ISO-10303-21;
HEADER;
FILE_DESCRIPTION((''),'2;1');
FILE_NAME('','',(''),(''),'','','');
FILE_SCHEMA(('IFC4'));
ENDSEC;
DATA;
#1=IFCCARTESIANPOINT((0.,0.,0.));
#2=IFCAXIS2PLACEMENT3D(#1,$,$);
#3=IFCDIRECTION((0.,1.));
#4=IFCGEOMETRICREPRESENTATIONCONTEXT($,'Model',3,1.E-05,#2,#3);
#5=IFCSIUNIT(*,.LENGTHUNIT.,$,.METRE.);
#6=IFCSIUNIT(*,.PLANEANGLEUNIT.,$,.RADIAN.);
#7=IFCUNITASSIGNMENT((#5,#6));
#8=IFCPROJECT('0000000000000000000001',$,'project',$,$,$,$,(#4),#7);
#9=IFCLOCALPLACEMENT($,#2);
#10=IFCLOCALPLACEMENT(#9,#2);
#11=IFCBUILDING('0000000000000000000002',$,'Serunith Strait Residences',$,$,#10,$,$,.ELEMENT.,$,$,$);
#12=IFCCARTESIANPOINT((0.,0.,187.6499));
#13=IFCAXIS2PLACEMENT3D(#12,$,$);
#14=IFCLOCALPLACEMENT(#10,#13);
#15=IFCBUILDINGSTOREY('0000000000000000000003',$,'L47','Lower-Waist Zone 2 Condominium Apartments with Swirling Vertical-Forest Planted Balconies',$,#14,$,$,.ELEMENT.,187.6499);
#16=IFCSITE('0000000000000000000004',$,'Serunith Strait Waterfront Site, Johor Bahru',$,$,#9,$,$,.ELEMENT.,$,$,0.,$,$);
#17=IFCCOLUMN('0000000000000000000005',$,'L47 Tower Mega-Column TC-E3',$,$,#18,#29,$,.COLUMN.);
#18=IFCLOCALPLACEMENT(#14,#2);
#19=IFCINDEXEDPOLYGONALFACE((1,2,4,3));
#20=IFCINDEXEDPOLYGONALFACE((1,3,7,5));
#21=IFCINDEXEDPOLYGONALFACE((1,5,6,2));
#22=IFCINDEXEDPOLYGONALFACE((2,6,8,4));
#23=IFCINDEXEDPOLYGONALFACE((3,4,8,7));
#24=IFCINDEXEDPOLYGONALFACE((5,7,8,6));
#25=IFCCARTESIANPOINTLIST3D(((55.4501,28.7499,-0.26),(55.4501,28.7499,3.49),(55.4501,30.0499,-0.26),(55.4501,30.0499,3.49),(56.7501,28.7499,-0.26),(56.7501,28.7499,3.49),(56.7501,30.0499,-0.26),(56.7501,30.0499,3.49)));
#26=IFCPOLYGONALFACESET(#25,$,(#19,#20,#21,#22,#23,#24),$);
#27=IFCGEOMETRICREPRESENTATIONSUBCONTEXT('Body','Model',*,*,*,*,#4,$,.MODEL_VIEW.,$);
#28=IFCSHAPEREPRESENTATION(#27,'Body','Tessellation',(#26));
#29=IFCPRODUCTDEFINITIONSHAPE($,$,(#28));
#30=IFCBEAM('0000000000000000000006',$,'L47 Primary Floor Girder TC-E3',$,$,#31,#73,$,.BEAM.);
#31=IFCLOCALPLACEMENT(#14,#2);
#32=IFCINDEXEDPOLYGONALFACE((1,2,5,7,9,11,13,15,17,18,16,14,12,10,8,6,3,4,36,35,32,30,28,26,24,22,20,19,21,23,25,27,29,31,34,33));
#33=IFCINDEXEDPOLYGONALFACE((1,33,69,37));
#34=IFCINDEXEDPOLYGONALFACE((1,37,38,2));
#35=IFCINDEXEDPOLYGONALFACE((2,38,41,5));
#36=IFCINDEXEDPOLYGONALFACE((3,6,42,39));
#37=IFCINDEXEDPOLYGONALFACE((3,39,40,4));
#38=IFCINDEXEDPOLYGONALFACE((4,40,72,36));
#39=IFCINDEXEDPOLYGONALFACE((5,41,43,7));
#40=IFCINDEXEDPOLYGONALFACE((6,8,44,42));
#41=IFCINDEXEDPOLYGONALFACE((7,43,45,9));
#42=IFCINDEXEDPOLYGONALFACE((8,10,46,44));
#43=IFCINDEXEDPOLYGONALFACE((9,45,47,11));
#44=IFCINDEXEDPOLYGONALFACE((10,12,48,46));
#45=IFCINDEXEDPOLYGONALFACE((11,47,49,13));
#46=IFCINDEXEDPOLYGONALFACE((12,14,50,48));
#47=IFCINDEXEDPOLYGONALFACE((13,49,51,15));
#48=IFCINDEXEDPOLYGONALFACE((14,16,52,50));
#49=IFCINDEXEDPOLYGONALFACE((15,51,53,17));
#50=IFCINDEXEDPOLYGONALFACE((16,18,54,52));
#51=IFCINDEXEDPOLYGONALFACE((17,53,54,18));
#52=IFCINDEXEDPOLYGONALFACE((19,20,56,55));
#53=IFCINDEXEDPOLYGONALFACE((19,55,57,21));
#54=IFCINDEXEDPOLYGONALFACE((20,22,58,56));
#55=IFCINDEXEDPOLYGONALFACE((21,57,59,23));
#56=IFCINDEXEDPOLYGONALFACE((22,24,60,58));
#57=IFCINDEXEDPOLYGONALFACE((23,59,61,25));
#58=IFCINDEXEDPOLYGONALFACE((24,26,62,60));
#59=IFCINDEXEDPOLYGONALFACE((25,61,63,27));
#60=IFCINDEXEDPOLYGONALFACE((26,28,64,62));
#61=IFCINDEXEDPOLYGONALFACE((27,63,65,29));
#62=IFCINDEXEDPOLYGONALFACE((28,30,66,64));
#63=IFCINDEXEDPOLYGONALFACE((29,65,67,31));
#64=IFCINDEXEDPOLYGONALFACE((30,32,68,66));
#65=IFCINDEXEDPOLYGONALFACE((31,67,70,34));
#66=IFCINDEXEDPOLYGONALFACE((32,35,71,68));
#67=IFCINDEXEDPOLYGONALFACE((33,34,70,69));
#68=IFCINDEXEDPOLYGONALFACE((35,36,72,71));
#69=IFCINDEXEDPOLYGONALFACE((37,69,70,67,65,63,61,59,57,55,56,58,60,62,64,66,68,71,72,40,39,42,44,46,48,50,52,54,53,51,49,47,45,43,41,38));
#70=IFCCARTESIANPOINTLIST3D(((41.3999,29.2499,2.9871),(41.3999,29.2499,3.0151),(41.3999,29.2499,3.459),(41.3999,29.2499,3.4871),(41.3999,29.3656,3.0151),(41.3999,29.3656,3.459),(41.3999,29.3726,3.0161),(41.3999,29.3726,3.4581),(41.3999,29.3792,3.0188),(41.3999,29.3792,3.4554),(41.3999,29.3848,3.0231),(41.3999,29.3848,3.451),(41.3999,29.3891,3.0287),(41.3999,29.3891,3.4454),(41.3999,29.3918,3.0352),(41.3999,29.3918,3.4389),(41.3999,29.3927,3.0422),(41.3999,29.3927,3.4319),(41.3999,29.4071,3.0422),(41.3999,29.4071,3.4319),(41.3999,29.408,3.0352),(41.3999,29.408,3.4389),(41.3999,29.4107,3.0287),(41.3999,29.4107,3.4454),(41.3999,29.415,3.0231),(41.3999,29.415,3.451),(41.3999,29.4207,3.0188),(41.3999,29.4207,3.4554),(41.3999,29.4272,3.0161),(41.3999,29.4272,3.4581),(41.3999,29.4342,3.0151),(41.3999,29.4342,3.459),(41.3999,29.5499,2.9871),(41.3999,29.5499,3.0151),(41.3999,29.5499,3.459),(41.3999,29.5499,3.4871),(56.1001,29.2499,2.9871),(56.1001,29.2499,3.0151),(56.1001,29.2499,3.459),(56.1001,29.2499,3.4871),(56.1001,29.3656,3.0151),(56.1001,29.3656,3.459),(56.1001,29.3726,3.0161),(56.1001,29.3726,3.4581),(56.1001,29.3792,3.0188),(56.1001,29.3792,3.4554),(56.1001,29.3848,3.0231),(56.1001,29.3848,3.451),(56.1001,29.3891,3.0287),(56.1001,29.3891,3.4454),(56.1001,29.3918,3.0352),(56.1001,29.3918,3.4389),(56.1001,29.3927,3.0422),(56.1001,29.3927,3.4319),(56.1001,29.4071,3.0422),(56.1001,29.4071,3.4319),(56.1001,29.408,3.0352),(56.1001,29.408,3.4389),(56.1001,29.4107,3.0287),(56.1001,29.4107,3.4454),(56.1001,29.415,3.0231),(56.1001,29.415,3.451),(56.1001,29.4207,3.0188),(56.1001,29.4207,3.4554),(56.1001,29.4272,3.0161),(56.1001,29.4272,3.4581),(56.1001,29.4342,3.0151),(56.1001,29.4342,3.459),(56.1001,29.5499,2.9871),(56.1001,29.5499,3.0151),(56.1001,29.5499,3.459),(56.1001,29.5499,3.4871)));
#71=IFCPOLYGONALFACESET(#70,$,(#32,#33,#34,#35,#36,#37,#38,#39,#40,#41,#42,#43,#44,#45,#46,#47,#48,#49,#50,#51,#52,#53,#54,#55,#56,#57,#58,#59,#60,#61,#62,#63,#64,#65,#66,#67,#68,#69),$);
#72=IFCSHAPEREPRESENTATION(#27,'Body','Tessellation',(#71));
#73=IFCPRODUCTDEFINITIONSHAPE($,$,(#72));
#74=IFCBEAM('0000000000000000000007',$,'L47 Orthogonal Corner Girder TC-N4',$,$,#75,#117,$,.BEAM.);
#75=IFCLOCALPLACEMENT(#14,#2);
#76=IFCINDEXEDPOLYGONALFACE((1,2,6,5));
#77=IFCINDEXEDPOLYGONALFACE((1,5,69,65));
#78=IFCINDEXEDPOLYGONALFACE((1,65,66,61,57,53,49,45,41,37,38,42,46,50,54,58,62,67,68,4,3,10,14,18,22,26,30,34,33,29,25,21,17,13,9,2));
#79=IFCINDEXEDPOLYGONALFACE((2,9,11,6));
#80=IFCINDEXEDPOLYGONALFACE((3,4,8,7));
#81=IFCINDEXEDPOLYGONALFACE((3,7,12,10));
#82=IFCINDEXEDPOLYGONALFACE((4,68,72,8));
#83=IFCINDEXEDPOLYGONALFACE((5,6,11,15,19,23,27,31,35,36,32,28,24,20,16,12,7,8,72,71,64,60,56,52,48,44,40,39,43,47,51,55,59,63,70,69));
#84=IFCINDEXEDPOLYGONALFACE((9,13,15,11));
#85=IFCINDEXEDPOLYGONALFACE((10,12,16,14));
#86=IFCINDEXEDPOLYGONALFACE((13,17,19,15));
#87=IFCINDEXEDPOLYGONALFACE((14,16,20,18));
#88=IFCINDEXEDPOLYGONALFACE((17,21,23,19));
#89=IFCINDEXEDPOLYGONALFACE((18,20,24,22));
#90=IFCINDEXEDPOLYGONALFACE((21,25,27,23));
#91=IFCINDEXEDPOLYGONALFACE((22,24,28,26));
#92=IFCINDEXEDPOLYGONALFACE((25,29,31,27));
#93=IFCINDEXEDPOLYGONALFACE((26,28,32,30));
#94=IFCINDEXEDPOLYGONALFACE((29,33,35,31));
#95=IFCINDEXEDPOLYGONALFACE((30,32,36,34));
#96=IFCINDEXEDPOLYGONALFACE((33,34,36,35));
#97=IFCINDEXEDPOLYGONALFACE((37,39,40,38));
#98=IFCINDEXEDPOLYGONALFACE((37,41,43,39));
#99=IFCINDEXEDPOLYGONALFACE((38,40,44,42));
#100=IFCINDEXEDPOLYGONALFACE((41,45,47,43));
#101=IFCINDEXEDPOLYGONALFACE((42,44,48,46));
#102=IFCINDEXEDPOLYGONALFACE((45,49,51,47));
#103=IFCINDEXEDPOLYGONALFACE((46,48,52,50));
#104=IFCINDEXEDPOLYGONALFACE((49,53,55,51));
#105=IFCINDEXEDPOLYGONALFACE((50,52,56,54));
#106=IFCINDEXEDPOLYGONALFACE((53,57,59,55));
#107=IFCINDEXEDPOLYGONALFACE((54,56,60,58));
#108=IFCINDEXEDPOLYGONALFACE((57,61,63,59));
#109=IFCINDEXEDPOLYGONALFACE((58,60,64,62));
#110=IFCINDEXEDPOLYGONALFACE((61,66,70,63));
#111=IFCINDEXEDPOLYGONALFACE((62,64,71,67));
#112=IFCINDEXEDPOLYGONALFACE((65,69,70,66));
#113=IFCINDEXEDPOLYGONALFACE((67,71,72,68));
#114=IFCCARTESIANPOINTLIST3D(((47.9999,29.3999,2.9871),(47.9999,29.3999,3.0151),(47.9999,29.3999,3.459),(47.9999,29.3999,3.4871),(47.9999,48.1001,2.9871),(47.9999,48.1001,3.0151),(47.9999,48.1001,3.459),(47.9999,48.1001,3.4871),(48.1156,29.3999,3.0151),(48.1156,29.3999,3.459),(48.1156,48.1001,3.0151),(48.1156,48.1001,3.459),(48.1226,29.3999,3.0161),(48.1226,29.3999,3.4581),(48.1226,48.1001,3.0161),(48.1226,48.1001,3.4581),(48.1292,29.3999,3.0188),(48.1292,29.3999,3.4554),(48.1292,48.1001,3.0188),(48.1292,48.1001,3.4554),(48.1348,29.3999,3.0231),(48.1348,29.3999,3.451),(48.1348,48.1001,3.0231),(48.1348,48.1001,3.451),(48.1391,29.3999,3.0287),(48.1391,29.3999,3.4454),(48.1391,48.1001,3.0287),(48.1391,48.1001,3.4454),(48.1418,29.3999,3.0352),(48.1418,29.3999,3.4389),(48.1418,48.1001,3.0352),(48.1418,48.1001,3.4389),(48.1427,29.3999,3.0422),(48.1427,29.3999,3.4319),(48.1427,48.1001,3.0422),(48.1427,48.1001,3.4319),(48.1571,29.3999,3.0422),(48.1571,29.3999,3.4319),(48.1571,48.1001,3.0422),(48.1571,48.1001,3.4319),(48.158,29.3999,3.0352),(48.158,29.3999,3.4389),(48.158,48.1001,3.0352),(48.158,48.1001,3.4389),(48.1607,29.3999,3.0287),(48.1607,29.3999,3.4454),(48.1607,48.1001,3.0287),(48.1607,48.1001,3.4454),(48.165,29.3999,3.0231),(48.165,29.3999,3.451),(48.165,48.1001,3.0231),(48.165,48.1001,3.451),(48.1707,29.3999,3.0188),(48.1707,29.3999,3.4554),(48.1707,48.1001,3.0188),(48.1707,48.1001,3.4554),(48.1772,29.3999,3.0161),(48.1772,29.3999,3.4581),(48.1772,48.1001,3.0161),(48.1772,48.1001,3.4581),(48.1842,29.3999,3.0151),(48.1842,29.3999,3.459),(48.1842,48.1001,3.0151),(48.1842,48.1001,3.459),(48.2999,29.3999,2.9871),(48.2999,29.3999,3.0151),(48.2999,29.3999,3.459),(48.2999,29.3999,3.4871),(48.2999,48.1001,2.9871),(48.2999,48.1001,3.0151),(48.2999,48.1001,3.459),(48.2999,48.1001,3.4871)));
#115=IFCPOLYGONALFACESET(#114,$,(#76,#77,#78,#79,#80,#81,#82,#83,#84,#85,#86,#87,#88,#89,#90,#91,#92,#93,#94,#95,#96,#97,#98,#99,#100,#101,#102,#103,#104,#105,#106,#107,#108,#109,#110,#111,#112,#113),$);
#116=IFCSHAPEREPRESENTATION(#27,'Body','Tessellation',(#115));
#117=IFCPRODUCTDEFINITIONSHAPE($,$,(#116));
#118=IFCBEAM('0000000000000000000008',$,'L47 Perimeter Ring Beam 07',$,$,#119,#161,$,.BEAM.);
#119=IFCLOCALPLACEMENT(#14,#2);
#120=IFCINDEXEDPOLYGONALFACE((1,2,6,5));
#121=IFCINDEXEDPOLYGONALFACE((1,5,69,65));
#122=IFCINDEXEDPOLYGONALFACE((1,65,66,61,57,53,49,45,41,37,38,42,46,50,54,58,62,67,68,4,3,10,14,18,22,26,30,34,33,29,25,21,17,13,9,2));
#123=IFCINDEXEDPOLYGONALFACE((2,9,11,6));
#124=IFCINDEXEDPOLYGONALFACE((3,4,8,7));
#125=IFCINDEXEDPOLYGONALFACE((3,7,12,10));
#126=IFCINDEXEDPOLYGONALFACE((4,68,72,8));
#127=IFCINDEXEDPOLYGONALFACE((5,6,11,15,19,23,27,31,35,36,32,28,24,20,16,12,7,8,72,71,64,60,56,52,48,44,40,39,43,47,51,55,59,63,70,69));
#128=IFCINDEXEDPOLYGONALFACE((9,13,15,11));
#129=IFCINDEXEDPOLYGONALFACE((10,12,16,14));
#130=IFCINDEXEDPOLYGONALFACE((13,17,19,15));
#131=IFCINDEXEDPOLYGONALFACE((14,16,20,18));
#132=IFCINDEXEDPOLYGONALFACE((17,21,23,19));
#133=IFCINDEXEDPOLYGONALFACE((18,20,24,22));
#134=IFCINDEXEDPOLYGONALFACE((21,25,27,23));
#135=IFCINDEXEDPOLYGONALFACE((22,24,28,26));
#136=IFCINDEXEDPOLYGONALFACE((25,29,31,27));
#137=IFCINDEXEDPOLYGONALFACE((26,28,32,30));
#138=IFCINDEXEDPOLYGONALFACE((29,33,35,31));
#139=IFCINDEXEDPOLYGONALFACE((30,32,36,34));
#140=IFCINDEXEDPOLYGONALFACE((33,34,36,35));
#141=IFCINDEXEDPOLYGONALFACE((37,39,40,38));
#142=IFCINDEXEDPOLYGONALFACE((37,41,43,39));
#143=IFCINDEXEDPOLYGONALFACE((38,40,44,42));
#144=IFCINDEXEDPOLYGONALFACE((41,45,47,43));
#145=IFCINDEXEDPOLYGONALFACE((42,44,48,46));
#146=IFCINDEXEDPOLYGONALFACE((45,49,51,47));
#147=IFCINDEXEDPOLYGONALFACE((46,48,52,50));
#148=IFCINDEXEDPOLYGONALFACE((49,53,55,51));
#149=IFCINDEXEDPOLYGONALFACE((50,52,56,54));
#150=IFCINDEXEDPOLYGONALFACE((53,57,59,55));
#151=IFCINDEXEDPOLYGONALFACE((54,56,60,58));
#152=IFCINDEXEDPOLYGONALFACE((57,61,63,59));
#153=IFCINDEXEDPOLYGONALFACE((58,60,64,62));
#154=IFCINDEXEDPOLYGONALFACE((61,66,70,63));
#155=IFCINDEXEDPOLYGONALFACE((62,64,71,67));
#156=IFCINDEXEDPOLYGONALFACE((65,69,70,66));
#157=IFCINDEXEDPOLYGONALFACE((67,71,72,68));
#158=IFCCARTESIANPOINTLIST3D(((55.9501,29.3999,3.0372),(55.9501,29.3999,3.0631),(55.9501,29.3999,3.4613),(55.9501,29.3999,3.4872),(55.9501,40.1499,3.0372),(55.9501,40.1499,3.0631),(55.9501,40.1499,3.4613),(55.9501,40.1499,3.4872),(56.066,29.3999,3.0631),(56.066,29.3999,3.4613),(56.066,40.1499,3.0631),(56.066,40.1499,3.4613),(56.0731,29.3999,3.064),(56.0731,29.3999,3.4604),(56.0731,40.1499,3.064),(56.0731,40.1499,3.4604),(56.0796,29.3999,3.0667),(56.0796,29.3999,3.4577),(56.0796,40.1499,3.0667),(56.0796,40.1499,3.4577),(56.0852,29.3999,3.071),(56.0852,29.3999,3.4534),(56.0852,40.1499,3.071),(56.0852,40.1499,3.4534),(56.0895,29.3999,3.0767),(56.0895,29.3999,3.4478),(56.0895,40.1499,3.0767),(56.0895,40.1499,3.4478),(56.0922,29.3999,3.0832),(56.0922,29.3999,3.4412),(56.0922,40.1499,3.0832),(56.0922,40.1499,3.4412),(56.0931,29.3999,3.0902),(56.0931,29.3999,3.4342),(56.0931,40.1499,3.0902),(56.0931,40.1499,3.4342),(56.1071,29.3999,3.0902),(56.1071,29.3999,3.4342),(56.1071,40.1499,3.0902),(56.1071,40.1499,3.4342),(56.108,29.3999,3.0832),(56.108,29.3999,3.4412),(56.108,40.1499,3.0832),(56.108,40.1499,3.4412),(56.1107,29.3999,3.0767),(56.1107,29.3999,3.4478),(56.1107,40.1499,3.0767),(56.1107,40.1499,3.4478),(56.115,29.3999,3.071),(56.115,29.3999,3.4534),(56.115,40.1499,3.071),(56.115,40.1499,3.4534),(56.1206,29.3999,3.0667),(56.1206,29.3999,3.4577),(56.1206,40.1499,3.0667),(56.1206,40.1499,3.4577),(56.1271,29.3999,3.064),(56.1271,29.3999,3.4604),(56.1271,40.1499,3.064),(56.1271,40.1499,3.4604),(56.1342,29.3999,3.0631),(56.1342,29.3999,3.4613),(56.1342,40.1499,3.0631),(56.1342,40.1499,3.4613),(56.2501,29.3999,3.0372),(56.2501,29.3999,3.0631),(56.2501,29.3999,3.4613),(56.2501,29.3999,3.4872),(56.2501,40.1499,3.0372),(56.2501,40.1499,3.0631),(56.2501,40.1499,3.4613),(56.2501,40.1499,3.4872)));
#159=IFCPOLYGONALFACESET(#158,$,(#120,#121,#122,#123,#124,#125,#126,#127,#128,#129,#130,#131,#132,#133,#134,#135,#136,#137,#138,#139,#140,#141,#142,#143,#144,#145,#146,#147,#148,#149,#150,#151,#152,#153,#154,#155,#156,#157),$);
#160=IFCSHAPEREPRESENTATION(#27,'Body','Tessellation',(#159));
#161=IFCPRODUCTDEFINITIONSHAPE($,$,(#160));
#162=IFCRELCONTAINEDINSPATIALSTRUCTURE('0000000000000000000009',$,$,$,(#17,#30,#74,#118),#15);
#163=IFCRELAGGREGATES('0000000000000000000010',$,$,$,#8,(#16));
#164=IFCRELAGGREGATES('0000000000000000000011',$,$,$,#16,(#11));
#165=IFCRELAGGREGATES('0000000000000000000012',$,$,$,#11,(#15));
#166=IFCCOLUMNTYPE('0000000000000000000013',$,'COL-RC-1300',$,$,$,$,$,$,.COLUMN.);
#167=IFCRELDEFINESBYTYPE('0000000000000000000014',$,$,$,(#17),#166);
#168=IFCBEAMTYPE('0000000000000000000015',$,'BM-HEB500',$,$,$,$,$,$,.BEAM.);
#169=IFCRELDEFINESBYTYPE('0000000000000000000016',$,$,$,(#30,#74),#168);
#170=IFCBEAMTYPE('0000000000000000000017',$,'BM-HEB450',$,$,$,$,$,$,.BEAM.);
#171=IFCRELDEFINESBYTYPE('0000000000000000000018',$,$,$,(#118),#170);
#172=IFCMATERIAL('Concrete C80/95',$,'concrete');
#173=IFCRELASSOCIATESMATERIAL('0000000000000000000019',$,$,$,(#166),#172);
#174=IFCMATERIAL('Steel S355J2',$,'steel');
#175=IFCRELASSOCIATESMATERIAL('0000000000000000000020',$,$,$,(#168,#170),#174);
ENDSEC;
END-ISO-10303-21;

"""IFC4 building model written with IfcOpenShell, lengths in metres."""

from ifc_helpers import new_model, si_unit, direction, frame, origin, origin_2d, place, context, subcontext, project, spatial, rectangle, i_section, extrude, source, transform, mapped, material, material_profile, profile_set, type_object, element, save


model = new_model("IFC4")

# Units and contexts
model_context = context("Model", 3, precision=1e-05, world=origin(), true_north=direction((0.0, 1.0)))
body_context = subcontext(model_context, "Body", "Model", "MODEL_VIEW")
ifc_project = project(units=[si_unit("LENGTHUNIT", "METRE"), si_unit("PLANEANGLEUNIT", "RADIAN")], contexts=[model_context])

# Site, building, storey
site_placement = place(None, origin())
site = spatial("IfcSite", under=ifc_project, at=site_placement, Name="Serunith Strait Waterfront Site, Johor Bahru", CompositionType="ELEMENT", RefElevation=0.0)
building_placement = place(site_placement, origin())
building = spatial("IfcBuilding", under=site, at=building_placement, Name="Serunith Strait Residences", CompositionType="ELEMENT")
storey_placement = place(building_placement, frame((0.0, 0.0, 187.6499)))
storey = spatial("IfcBuildingStorey", under=building, at=storey_placement, Name="L47", Description="Lower-Waist Zone 2 Condominium Apartments with Swirling Vertical-Forest Planted Balconies", CompositionType="ELEMENT", Elevation=187.6499)

# Column
ifc_material_1 = material(Name="Concrete C80/95", Category="concrete")
ifc_material_profile_1 = material_profile(ifc_material_1, rectangle(XDim=1.3, YDim=1.3, at=origin_2d()), Name="RC 1300x1300")
ifc_profile_set_1 = profile_set([ifc_material_profile_1], Name="Concrete C80/95")
column_type = type_object("IfcColumnType", Name="COL-RC-1300", PredefinedType="COLUMN", material=ifc_profile_set_1)
shared_shape_1 = source(origin(), body_context, "Body", "SweptSolid", [
    extrude(rectangle(XDim=1.3, YDim=1.3, at=origin_2d()), origin(), (0.0, 0.0, 1.0), 3.75),
])
column_placement = place(storey_placement, frame((56.1001, 29.3999, -0.26), z_axis=(0.0, 0.0, 1.0), x_axis=(1.0, 0.0, 0.0)))
element("IfcColumn", 1, at=column_placement, inside=storey, type_object=column_type, Name="L47 Tower Mega-Column TC-E3", PredefinedType="COLUMN", context=body_context, shape_type="MappedRepresentation", body=[
    mapped(shared_shape_1, transform((0.0, 0.0, 0.0), scale=1.0)),
])

# Beams
ifc_material_2 = material(Name="Steel S355J2", Category="steel")
ifc_material_profile_2 = material_profile(ifc_material_2, i_section(OverallWidth=0.3, OverallDepth=0.5, WebThickness=0.0144, FlangeThickness=0.0281, FilletRadius=0.0271, at=origin_2d()), Name="HEB 500")
ifc_profile_set_2 = profile_set([ifc_material_profile_2], Name="Steel S355J2")
beam_type_1 = type_object("IfcBeamType", Name="BM-HEB500", PredefinedType="BEAM", material=ifc_profile_set_2)
shared_shape_2 = source(origin(), body_context, "Body", "SweptSolid", [
    extrude(i_section(OverallWidth=0.3, OverallDepth=0.5, WebThickness=0.0144, FlangeThickness=0.0281, FilletRadius=0.0271, at=origin_2d()), origin(), (0.0, 0.0, 1.0), 14.7002),
])
beam_1_placement = place(storey_placement, frame((41.3999, 29.3999, 3.2371), z_axis=(1.0, 0.0, 0.0), x_axis=(0.0, 1.0, 0.0)))
element("IfcBeam", 2, at=beam_1_placement, inside=storey, type_object=beam_type_1, Name="L47 Primary Floor Girder TC-E3", PredefinedType="BEAM", context=body_context, shape_type="MappedRepresentation", body=[
    mapped(shared_shape_2, transform((0.0, 0.0, 0.0), scale=1.0)),
])
shared_shape_3 = source(origin(), body_context, "Body", "SweptSolid", [
    extrude(i_section(OverallWidth=0.3, OverallDepth=0.5, WebThickness=0.0144, FlangeThickness=0.0281, FilletRadius=0.0271, at=origin_2d()), origin(), (0.0, 0.0, 1.0), 18.7002),
])
beam_2_placement = place(storey_placement, frame((48.1499, 29.3999, 3.2371), z_axis=(0.0, 1.0, 0.0), x_axis=(-1.0, 0.0, 0.0)))
element("IfcBeam", 3, at=beam_2_placement, inside=storey, type_object=beam_type_1, Name="L47 Orthogonal Corner Girder TC-N4", PredefinedType="BEAM", context=body_context, shape_type="MappedRepresentation", body=[
    mapped(shared_shape_3, transform((0.0, 0.0, 0.0), scale=1.0)),
])
ifc_material_profile_3 = material_profile(ifc_material_2, i_section(OverallWidth=0.3, OverallDepth=0.45, WebThickness=0.0139, FlangeThickness=0.0259, FilletRadius=0.0271, at=origin_2d()), Name="HEB 450")
ifc_profile_set_3 = profile_set([ifc_material_profile_3], Name="Steel S355J2")
beam_type_2 = type_object("IfcBeamType", Name="BM-HEB450", PredefinedType="BEAM", material=ifc_profile_set_3)
shared_shape_4 = source(origin(), body_context, "Body", "SweptSolid", [
    extrude(i_section(OverallWidth=0.3, OverallDepth=0.45, WebThickness=0.0139, FlangeThickness=0.0259, FilletRadius=0.0271, at=origin_2d()), origin(), (0.0, 0.0, 1.0), 10.75),
])
beam_3_placement = place(storey_placement, frame((56.1001, 29.3999, 3.2622), z_axis=(0.0, 1.0, 0.0), x_axis=(-1.0, 0.0, 0.0)))
element("IfcBeam", 4, at=beam_3_placement, inside=storey, type_object=beam_type_2, Name="L47 Perimeter Ring Beam 07", PredefinedType="BEAM", context=body_context, shape_type="MappedRepresentation", body=[
    mapped(shared_shape_4, transform((0.0, 0.0, 0.0), scale=1.0)),
])

save(model, "model.ifc")
